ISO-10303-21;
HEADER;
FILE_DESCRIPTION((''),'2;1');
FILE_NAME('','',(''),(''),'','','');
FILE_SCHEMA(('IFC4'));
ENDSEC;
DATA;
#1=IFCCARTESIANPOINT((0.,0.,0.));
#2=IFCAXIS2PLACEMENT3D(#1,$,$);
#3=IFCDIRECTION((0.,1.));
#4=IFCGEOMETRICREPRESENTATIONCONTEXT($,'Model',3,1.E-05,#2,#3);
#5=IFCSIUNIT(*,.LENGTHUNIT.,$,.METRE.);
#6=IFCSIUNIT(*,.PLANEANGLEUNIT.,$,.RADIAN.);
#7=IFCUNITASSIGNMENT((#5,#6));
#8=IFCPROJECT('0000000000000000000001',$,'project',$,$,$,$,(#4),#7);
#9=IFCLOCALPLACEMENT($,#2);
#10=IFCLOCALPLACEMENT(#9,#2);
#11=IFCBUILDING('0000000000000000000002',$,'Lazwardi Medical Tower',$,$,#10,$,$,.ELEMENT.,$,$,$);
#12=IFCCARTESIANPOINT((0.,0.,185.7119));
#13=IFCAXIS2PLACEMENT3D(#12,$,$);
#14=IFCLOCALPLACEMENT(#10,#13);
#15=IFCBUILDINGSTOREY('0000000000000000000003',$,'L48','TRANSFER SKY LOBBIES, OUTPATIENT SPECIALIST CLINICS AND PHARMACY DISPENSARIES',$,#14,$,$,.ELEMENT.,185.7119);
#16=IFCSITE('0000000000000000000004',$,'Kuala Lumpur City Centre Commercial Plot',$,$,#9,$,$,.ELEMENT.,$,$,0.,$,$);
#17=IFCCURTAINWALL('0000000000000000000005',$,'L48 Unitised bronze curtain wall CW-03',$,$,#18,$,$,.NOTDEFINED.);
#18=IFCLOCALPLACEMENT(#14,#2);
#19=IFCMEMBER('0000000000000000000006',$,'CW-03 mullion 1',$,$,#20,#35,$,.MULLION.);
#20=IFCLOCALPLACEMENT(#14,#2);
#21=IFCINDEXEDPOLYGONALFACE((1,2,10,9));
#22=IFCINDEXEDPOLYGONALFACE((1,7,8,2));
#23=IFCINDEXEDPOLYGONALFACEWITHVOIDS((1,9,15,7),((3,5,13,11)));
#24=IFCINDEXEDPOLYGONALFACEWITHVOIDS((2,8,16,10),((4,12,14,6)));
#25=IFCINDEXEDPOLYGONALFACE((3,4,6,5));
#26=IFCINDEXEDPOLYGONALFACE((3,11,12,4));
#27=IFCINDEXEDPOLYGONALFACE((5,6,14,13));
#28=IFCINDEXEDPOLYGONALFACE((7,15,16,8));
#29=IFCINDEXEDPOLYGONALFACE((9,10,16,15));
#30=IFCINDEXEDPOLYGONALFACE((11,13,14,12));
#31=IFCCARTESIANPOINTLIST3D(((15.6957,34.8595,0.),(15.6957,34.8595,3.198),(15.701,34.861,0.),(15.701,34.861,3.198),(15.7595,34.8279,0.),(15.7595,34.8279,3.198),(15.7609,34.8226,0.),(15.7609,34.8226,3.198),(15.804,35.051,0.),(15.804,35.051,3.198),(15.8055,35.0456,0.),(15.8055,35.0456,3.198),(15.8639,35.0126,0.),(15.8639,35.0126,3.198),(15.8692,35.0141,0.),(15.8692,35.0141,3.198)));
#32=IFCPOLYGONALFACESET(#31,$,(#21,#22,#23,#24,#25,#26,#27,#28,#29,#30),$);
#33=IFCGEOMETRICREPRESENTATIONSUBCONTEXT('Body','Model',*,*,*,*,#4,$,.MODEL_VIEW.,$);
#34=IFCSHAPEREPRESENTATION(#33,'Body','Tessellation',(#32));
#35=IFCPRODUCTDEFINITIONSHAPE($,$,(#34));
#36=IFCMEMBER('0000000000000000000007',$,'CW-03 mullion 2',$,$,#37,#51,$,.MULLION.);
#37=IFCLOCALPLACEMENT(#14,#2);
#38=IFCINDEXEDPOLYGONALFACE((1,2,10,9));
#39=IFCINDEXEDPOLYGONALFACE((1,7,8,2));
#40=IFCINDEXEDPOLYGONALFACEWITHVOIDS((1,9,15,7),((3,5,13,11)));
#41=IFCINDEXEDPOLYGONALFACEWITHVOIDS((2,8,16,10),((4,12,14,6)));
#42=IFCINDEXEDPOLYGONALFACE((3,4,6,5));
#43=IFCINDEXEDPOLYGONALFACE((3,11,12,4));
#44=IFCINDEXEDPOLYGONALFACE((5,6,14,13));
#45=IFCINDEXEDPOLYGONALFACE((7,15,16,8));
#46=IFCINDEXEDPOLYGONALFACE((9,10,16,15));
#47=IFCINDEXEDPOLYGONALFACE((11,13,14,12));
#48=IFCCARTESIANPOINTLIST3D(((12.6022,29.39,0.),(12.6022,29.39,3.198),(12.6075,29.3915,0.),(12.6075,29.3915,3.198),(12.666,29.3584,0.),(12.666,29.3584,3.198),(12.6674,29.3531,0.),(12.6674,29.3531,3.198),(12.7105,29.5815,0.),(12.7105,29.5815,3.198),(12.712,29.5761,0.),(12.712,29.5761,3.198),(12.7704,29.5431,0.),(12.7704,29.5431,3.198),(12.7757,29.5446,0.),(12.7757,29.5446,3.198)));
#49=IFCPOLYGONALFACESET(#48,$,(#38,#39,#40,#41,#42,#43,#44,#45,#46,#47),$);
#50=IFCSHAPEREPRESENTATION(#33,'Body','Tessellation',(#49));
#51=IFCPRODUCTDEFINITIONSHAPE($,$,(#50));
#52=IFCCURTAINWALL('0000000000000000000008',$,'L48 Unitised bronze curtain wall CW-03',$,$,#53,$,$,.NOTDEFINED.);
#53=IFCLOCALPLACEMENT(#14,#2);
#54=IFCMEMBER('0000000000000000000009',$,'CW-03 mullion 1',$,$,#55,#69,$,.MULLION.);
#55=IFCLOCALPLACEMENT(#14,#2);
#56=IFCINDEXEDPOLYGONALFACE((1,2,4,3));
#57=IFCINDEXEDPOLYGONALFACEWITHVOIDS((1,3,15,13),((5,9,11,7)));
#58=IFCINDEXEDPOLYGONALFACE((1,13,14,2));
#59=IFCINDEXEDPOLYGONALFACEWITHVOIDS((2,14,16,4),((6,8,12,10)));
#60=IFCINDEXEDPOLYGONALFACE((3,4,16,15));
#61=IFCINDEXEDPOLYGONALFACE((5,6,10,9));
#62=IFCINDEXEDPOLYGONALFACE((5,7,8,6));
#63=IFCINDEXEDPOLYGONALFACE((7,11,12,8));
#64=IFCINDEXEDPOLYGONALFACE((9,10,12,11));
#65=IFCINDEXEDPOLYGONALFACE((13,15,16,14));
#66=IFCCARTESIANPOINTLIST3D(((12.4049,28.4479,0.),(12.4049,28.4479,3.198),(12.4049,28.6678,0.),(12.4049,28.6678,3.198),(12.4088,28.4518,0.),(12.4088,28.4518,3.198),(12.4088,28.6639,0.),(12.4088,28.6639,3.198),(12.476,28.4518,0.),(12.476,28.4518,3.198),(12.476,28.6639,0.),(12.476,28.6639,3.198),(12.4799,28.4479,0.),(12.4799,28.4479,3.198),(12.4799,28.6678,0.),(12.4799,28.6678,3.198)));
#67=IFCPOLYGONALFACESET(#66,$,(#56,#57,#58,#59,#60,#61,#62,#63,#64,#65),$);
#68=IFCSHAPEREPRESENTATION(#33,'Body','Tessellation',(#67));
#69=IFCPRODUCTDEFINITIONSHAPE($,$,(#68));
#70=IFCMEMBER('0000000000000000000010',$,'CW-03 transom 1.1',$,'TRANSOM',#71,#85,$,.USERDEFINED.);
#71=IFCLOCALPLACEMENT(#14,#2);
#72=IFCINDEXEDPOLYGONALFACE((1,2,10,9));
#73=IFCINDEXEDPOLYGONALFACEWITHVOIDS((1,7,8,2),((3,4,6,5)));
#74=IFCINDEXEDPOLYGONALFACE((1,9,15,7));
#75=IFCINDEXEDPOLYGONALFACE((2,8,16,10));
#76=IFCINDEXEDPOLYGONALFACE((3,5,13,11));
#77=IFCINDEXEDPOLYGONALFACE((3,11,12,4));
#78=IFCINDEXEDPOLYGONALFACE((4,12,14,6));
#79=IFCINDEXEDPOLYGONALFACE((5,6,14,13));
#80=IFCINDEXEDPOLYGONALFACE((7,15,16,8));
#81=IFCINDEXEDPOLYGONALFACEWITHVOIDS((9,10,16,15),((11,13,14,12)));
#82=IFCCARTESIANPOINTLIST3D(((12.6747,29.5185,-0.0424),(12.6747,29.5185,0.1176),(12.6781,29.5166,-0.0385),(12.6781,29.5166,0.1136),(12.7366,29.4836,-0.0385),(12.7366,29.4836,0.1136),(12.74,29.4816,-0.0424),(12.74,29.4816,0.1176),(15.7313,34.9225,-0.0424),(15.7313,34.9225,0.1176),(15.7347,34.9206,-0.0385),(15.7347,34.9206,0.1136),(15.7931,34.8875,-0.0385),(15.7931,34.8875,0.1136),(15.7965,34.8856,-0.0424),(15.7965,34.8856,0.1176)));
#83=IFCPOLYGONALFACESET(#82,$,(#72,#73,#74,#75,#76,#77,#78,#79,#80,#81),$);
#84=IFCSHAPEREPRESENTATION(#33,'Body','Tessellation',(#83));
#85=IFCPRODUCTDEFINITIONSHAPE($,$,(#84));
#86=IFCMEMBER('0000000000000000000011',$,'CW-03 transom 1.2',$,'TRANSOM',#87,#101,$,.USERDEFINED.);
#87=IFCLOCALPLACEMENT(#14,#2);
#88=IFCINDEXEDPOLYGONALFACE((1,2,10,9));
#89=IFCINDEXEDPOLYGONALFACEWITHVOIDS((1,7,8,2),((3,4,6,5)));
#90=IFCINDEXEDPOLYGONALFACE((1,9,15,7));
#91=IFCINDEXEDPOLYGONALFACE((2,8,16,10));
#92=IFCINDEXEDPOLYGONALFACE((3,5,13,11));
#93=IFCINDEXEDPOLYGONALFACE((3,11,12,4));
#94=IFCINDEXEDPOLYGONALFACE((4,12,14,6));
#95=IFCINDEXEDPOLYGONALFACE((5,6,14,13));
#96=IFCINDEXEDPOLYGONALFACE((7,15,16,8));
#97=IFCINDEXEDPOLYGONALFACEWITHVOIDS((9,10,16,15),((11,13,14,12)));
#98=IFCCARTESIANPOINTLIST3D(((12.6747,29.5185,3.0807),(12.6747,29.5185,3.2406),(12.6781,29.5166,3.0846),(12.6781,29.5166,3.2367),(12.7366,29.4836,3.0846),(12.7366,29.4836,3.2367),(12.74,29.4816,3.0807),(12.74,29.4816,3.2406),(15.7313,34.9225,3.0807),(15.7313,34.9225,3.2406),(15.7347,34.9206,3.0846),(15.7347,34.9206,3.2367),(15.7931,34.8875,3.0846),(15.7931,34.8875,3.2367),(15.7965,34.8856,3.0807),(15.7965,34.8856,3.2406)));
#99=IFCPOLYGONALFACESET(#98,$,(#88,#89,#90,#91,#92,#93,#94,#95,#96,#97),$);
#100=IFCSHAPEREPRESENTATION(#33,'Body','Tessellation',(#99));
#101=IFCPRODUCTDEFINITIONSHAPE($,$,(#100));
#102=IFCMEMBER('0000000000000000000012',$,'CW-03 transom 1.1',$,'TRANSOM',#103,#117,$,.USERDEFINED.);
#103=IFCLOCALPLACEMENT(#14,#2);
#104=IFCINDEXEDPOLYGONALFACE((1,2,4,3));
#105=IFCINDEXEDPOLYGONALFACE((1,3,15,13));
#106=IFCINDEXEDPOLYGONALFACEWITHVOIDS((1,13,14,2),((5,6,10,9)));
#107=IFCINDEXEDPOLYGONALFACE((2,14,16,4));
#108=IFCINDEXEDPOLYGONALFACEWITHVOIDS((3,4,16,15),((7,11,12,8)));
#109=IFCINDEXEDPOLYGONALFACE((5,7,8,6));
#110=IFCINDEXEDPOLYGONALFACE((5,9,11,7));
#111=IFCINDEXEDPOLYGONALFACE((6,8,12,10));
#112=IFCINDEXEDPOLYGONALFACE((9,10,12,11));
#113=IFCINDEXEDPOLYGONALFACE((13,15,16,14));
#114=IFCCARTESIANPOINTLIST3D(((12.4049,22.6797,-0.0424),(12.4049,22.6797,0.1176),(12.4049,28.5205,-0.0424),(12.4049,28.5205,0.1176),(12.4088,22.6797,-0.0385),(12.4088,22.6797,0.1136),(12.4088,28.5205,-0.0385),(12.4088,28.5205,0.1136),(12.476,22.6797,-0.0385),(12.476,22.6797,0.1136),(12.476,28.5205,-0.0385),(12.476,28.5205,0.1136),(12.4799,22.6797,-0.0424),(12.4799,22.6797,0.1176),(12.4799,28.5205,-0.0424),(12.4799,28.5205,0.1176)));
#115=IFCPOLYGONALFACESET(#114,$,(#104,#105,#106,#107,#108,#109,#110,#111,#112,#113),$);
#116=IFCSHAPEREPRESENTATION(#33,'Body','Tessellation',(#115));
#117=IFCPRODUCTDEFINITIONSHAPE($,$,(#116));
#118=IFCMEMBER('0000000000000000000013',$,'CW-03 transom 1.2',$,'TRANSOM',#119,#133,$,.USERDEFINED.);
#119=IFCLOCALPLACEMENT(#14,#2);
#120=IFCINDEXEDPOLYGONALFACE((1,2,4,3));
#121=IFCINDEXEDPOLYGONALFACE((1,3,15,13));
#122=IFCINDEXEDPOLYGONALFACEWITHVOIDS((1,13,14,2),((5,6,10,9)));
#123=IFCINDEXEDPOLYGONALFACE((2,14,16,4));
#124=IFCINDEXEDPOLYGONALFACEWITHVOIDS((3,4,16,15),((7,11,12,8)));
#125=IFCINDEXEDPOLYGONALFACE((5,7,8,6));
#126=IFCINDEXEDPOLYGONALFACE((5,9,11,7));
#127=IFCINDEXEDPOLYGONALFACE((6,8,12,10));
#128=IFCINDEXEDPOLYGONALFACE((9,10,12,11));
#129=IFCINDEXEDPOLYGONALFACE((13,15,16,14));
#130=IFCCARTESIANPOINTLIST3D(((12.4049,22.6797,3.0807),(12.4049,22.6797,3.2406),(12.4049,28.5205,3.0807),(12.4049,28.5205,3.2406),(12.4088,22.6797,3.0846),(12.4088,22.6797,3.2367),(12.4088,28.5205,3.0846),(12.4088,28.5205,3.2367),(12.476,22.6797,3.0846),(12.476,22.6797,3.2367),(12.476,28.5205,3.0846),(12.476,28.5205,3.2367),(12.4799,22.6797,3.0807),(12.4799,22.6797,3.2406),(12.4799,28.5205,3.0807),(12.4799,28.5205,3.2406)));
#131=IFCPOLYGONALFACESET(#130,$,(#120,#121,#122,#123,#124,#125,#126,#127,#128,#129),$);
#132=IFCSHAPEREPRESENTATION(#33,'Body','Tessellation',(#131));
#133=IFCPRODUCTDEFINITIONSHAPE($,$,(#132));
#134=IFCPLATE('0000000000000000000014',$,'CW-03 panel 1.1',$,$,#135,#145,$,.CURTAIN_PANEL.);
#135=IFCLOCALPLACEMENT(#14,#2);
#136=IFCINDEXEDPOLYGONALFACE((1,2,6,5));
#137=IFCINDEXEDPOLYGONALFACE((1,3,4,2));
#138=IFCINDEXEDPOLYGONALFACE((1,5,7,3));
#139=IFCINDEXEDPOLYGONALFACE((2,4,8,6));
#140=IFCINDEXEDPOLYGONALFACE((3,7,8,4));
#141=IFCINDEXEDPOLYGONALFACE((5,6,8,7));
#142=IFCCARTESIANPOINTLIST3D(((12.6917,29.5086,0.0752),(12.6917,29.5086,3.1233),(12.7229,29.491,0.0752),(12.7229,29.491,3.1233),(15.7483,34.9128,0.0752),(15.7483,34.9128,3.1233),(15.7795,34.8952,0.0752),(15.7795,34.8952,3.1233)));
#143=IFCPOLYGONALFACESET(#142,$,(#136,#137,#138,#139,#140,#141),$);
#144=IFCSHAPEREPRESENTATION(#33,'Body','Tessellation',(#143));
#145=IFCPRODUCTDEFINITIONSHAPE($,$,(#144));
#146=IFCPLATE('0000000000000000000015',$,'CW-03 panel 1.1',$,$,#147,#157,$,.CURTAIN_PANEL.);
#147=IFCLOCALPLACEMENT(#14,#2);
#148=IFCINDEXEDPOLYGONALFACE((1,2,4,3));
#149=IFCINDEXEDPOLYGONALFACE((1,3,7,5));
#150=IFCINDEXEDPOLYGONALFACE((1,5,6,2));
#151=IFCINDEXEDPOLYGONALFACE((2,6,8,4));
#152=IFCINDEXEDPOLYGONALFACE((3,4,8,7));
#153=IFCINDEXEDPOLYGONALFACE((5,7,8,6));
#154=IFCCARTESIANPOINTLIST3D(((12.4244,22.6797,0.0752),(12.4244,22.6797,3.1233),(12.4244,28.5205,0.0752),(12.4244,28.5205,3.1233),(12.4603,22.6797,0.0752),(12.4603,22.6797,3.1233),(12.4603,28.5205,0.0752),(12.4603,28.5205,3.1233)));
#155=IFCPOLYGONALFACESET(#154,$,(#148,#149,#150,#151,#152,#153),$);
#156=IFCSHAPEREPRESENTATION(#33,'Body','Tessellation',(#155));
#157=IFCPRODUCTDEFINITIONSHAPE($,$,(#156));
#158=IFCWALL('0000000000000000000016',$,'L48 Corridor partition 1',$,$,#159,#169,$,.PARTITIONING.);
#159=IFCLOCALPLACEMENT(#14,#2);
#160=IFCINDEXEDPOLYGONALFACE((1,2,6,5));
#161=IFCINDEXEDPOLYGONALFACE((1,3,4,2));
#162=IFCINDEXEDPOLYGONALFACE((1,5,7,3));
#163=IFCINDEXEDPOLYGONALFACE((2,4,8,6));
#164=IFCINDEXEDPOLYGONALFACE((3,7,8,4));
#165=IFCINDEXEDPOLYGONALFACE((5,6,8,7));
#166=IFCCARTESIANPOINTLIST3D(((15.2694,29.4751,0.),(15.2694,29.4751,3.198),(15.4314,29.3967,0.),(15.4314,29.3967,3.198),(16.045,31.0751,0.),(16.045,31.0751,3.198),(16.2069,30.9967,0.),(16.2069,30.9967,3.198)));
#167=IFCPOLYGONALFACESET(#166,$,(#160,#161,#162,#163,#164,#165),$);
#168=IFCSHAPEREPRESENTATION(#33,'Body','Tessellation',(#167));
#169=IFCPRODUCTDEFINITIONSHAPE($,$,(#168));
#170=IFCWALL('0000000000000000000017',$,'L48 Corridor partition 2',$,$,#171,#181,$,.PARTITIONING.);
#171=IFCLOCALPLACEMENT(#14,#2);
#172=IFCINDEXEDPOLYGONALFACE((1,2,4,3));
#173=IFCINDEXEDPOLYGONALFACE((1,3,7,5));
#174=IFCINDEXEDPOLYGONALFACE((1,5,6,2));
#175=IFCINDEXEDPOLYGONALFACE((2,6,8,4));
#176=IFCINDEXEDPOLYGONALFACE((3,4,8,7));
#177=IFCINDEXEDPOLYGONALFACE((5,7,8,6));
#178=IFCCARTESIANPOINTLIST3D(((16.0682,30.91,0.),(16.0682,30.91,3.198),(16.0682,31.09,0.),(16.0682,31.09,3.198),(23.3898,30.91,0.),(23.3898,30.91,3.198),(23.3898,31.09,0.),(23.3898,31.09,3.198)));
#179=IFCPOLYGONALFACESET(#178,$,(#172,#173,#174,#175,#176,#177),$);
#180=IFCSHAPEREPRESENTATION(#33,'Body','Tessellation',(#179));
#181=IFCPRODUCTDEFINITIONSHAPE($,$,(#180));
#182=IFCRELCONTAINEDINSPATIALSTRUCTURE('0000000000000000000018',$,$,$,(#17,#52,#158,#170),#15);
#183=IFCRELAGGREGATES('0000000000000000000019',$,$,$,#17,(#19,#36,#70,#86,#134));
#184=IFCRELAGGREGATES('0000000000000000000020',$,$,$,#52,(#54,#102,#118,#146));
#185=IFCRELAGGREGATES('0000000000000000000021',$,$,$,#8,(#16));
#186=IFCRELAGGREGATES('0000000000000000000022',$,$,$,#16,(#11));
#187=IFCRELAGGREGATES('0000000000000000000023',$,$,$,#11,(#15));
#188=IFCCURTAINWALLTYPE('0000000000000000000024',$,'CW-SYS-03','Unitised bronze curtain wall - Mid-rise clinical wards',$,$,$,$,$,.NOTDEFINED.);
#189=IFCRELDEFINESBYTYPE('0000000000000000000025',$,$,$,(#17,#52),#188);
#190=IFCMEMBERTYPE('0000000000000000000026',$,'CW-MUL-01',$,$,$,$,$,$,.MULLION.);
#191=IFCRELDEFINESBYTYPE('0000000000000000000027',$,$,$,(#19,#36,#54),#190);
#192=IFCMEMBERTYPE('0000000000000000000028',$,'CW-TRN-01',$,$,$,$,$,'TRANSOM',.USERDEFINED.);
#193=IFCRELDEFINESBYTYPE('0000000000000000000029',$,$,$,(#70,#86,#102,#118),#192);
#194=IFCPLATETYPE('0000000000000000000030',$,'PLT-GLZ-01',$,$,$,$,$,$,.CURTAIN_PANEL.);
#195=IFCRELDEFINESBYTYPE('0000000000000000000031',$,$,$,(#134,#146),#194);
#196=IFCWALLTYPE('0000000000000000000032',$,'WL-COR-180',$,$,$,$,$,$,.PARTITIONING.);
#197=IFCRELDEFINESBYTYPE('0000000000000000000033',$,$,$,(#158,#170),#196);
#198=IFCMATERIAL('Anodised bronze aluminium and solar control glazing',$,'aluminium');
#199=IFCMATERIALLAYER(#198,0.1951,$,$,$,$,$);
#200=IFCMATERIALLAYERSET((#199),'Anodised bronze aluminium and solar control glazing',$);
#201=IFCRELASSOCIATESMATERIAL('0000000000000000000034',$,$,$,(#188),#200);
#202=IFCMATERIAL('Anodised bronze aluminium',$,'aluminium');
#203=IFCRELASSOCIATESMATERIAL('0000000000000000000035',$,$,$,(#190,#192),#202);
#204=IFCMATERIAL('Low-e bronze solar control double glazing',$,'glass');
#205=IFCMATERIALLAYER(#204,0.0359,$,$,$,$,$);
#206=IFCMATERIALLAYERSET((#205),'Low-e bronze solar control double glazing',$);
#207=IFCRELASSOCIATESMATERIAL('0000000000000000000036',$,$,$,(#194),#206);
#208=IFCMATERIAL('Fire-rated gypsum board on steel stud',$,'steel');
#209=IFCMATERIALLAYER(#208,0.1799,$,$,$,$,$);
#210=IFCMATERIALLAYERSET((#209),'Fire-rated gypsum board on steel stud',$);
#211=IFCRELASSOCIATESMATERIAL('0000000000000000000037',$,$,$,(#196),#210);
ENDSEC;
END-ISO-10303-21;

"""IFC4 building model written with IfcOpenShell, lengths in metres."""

from ifc_helpers import new_model, si_unit, direction, frame, frame_2d, origin, origin_2d, place, context, subcontext, project, spatial, rectangle, hollow_rectangle, extrude, material, layer, layer_set, material_profile, profile_set, type_object, element, aggregate, save


model = new_model("IFC4")

# Units and contexts
model_context = context("Model", 3, precision=1e-05, world=origin(), true_north=direction((0.0, 1.0)))
body_context = subcontext(model_context, "Body", "Model", "MODEL_VIEW")
ifc_project = project(units=[si_unit("LENGTHUNIT", "METRE"), si_unit("PLANEANGLEUNIT", "RADIAN")], contexts=[model_context])

# Site, building, storey
site_placement = place(None, origin())
site = spatial("IfcSite", under=ifc_project, at=site_placement, Name="Kuala Lumpur City Centre Commercial Plot", CompositionType="ELEMENT", RefElevation=0.0)
building_placement = place(site_placement, origin())
building = spatial("IfcBuilding", under=site, at=building_placement, Name="Lazwardi Medical Tower", CompositionType="ELEMENT")
storey_placement = place(building_placement, frame((0.0, 0.0, 185.7119)))
storey = spatial("IfcBuildingStorey", under=building, at=storey_placement, Name="L48", Description="TRANSFER SKY LOBBIES, OUTPATIENT SPECIALIST CLINICS AND PHARMACY DISPENSARIES", CompositionType="ELEMENT", Elevation=185.7119)

# Curtain wall, members
ifc_material_1 = material(Name="Anodised bronze aluminium and solar control glazing", Category="aluminium")
ifc_layer_1 = layer(ifc_material_1, 0.1951)
ifc_layer_set_1 = layer_set([ifc_layer_1], Name="Anodised bronze aluminium and solar control glazing")
curtain_wall_type = type_object("IfcCurtainWallType", Name="CW-SYS-03", Description="Unitised bronze curtain wall - Mid-rise clinical wards", PredefinedType="NOTDEFINED", material=ifc_layer_set_1)
curtain_wall_1_placement = place(storey_placement, origin())
curtain_wall_1 = element("IfcCurtainWall", 1, at=curtain_wall_1_placement, inside=storey, type_object=curtain_wall_type, Name="L48 Unitised bronze curtain wall CW-03", PredefinedType="NOTDEFINED")
ifc_material_2 = material(Name="Anodised bronze aluminium", Category="aluminium")
ifc_material_profile_1 = material_profile(ifc_material_2, hollow_rectangle(XDim=0.075, YDim=0.22, WallThickness=0.0039, at=origin_2d()), Name="ALU-MULLION 220x75x4")
ifc_profile_set_1 = profile_set([ifc_material_profile_1], Name="Anodised bronze aluminium")
member_type_1 = type_object("IfcMemberType", Name="CW-MUL-01", PredefinedType="MULLION", material=ifc_profile_set_1)
member_1_placement = place(storey_placement, frame((15.7825, 34.9368, 0.0), z_axis=(0.0, 0.0, 1.0), x_axis=(0.870419, -0.492312, 0.0)))
member_1 = element("IfcMember", 2, at=member_1_placement, type_object=member_type_1, Name="CW-03 mullion 1", PredefinedType="MULLION", context=body_context, shape_type="SweptSolid", body=[
    extrude(hollow_rectangle(XDim=0.075, YDim=0.22, WallThickness=0.0039, at=origin_2d()), origin(), (0.0, 0.0, 1.0), 3.198),
])
member_2_placement = place(storey_placement, frame((12.689, 29.4673, 0.0), z_axis=(0.0, 0.0, 1.0), x_axis=(0.870419, -0.492312, 0.0)))
member_2 = element("IfcMember", 3, at=member_2_placement, type_object=member_type_1, Name="CW-03 mullion 2", PredefinedType="MULLION", context=body_context, shape_type="SweptSolid", body=[
    extrude(hollow_rectangle(XDim=0.075, YDim=0.22, WallThickness=0.0039, at=origin_2d()), origin(), (0.0, 0.0, 1.0), 3.198),
])

# Curtain wall, member
curtain_wall_2_placement = place(storey_placement, origin())
curtain_wall_2 = element("IfcCurtainWall", 4, at=curtain_wall_2_placement, inside=storey, type_object=curtain_wall_type, Name="L48 Unitised bronze curtain wall CW-03", PredefinedType="NOTDEFINED")
member_3_placement = place(storey_placement, frame((12.4424, 28.5579, 0.0), z_axis=(0.0, 0.0, 1.0), x_axis=(1.0, 0.0, 0.0)))
member_3 = element("IfcMember", 5, at=member_3_placement, type_object=member_type_1, Name="CW-03 mullion 1", PredefinedType="MULLION", context=body_context, shape_type="SweptSolid", body=[
    extrude(hollow_rectangle(XDim=0.075, YDim=0.22, WallThickness=0.0039, at=origin_2d()), origin(), (0.0, 0.0, 1.0), 3.198),
])

# Members
ifc_material_profile_2 = material_profile(ifc_material_2, hollow_rectangle(XDim=0.075, YDim=0.1599, WallThickness=0.0039, at=origin_2d()), Name="ALU-TRANSOM 160x75x4")
ifc_profile_set_2 = profile_set([ifc_material_profile_2], Name="Anodised bronze aluminium")
member_type_2 = type_object("IfcMemberType", Name="CW-TRN-01", ElementType="TRANSOM", PredefinedType="USERDEFINED", material=ifc_profile_set_2)
member_4_placement = place(storey_placement, frame((15.7639, 34.9041, 0.0376), z_axis=(-0.492323, -0.870413, 0.0), x_axis=(0.870413, -0.492323, 0.0)))
member_4 = element("IfcMember", 6, at=member_4_placement, type_object=member_type_2, Name="CW-03 transom 1.1", ObjectType="TRANSOM", PredefinedType="USERDEFINED", context=body_context, shape_type="SweptSolid", body=[
    extrude(hollow_rectangle(XDim=0.075, YDim=0.1599, WallThickness=0.0039, at=origin_2d()), origin(), (0.0, 0.0, 1.0), 6.2085),
])
member_5_placement = place(storey_placement, frame((15.7639, 34.9041, 3.1606), z_axis=(-0.492323, -0.870413, 0.0), x_axis=(0.870413, -0.492323, 0.0)))
member_5 = element("IfcMember", 7, at=member_5_placement, type_object=member_type_2, Name="CW-03 transom 1.2", ObjectType="TRANSOM", PredefinedType="USERDEFINED", context=body_context, shape_type="SweptSolid", body=[
    extrude(hollow_rectangle(XDim=0.075, YDim=0.1599, WallThickness=0.0039, at=origin_2d()), origin(), (0.0, 0.0, 1.0), 6.2085),
])
member_6_placement = place(storey_placement, frame((12.4424, 28.5205, 0.0376), z_axis=(0.0, -1.0, 0.0), x_axis=(1.0, 0.0, 0.0)))
member_6 = element("IfcMember", 8, at=member_6_placement, type_object=member_type_2, Name="CW-03 transom 1.1", ObjectType="TRANSOM", PredefinedType="USERDEFINED", context=body_context, shape_type="SweptSolid", body=[
    extrude(hollow_rectangle(XDim=0.075, YDim=0.1599, WallThickness=0.0039, at=origin_2d()), origin(), (0.0, 0.0, 1.0), 5.8408),
])
member_7_placement = place(storey_placement, frame((12.4424, 28.5205, 3.1606), z_axis=(0.0, -1.0, 0.0), x_axis=(1.0, 0.0, 0.0)))
member_7 = element("IfcMember", 9, at=member_7_placement, type_object=member_type_2, Name="CW-03 transom 1.2", ObjectType="TRANSOM", PredefinedType="USERDEFINED", context=body_context, shape_type="SweptSolid", body=[
    extrude(hollow_rectangle(XDim=0.075, YDim=0.1599, WallThickness=0.0039, at=origin_2d()), origin(), (0.0, 0.0, 1.0), 5.8408),
])

# Plates
ifc_material_3 = material(Name="Low-e bronze solar control double glazing", Category="glass")
ifc_layer_2 = layer(ifc_material_3, 0.0359)
ifc_layer_set_2 = layer_set([ifc_layer_2], Name="Low-e bronze solar control double glazing")
plate_type = type_object("IfcPlateType", Name="PLT-GLZ-01", PredefinedType="CURTAIN_PANEL", material=ifc_layer_set_2)
plate_1_placement = place(storey_placement, frame((14.2356, 32.2019, 0.0752), z_axis=(0.0, 0.0, 1.0), x_axis=(-0.492312, -0.870419, 0.0)))
plate_1 = element("IfcPlate", 10, at=plate_1_placement, type_object=plate_type, Name="CW-03 panel 1.1", PredefinedType="CURTAIN_PANEL", context=body_context, shape_type="SweptSolid", body=[
    extrude(rectangle(XDim=6.2087, YDim=0.0359, at=origin_2d()), origin(), (0.0, 0.0, 1.0), 3.0481),
])
aggregate(curtain_wall_1, [member_1, member_2, member_4, member_5, plate_1])
plate_2_placement = place(storey_placement, frame((12.4424, 25.6001, 0.0752), z_axis=(0.0, 0.0, 1.0), x_axis=(0.0, -1.0, 0.0)))
plate_2 = element("IfcPlate", 11, at=plate_2_placement, type_object=plate_type, Name="CW-03 panel 1.1", PredefinedType="CURTAIN_PANEL", context=body_context, shape_type="SweptSolid", body=[
    extrude(rectangle(XDim=5.8408, YDim=0.0359, at=origin_2d()), origin(), (0.0, 0.0, 1.0), 3.0481),
])
aggregate(curtain_wall_2, [member_3, member_6, member_7, plate_2])

# Walls
ifc_material_4 = material(Name="Fire-rated gypsum board on steel stud", Category="steel")
ifc_layer_3 = layer(ifc_material_4, 0.1799)
ifc_layer_set_3 = layer_set([ifc_layer_3], Name="Fire-rated gypsum board on steel stud")
wall_type_1 = type_object("IfcWallType", Name="WL-COR-180", PredefinedType="PARTITIONING", material=ifc_layer_set_3)
wall_1_placement = place(storey_placement, frame((15.3503, 29.4358, 0.0), z_axis=(0.0, 0.0, 1.0), x_axis=(0.436196, 0.899852, 0.0)))
element("IfcWall", 12, at=wall_1_placement, inside=storey, type_object=wall_type_1, Name="L48 Corridor partition 1", PredefinedType="PARTITIONING", context=body_context, shape_type="SweptSolid", body=[
    extrude(rectangle(XDim=1.7781, YDim=0.1799, at=frame_2d((0.8892, 0.0))), origin(), (0.0, 0.0, 1.0), 3.198),
])
wall_2_placement = place(storey_placement, frame((16.0684, 31.0, 0.0), z_axis=(0.0, 0.0, 1.0), x_axis=(1.0, 0.0, 0.0)))
element("IfcWall", 13, at=wall_2_placement, inside=storey, type_object=wall_type_1, Name="L48 Corridor partition 2", PredefinedType="PARTITIONING", context=body_context, shape_type="SweptSolid", body=[
    extrude(rectangle(XDim=7.3215, YDim=0.1799, at=frame_2d((3.6606, 0.0))), origin(), (0.0, 0.0, 1.0), 3.198),
])

save(model, "model.ifc")
